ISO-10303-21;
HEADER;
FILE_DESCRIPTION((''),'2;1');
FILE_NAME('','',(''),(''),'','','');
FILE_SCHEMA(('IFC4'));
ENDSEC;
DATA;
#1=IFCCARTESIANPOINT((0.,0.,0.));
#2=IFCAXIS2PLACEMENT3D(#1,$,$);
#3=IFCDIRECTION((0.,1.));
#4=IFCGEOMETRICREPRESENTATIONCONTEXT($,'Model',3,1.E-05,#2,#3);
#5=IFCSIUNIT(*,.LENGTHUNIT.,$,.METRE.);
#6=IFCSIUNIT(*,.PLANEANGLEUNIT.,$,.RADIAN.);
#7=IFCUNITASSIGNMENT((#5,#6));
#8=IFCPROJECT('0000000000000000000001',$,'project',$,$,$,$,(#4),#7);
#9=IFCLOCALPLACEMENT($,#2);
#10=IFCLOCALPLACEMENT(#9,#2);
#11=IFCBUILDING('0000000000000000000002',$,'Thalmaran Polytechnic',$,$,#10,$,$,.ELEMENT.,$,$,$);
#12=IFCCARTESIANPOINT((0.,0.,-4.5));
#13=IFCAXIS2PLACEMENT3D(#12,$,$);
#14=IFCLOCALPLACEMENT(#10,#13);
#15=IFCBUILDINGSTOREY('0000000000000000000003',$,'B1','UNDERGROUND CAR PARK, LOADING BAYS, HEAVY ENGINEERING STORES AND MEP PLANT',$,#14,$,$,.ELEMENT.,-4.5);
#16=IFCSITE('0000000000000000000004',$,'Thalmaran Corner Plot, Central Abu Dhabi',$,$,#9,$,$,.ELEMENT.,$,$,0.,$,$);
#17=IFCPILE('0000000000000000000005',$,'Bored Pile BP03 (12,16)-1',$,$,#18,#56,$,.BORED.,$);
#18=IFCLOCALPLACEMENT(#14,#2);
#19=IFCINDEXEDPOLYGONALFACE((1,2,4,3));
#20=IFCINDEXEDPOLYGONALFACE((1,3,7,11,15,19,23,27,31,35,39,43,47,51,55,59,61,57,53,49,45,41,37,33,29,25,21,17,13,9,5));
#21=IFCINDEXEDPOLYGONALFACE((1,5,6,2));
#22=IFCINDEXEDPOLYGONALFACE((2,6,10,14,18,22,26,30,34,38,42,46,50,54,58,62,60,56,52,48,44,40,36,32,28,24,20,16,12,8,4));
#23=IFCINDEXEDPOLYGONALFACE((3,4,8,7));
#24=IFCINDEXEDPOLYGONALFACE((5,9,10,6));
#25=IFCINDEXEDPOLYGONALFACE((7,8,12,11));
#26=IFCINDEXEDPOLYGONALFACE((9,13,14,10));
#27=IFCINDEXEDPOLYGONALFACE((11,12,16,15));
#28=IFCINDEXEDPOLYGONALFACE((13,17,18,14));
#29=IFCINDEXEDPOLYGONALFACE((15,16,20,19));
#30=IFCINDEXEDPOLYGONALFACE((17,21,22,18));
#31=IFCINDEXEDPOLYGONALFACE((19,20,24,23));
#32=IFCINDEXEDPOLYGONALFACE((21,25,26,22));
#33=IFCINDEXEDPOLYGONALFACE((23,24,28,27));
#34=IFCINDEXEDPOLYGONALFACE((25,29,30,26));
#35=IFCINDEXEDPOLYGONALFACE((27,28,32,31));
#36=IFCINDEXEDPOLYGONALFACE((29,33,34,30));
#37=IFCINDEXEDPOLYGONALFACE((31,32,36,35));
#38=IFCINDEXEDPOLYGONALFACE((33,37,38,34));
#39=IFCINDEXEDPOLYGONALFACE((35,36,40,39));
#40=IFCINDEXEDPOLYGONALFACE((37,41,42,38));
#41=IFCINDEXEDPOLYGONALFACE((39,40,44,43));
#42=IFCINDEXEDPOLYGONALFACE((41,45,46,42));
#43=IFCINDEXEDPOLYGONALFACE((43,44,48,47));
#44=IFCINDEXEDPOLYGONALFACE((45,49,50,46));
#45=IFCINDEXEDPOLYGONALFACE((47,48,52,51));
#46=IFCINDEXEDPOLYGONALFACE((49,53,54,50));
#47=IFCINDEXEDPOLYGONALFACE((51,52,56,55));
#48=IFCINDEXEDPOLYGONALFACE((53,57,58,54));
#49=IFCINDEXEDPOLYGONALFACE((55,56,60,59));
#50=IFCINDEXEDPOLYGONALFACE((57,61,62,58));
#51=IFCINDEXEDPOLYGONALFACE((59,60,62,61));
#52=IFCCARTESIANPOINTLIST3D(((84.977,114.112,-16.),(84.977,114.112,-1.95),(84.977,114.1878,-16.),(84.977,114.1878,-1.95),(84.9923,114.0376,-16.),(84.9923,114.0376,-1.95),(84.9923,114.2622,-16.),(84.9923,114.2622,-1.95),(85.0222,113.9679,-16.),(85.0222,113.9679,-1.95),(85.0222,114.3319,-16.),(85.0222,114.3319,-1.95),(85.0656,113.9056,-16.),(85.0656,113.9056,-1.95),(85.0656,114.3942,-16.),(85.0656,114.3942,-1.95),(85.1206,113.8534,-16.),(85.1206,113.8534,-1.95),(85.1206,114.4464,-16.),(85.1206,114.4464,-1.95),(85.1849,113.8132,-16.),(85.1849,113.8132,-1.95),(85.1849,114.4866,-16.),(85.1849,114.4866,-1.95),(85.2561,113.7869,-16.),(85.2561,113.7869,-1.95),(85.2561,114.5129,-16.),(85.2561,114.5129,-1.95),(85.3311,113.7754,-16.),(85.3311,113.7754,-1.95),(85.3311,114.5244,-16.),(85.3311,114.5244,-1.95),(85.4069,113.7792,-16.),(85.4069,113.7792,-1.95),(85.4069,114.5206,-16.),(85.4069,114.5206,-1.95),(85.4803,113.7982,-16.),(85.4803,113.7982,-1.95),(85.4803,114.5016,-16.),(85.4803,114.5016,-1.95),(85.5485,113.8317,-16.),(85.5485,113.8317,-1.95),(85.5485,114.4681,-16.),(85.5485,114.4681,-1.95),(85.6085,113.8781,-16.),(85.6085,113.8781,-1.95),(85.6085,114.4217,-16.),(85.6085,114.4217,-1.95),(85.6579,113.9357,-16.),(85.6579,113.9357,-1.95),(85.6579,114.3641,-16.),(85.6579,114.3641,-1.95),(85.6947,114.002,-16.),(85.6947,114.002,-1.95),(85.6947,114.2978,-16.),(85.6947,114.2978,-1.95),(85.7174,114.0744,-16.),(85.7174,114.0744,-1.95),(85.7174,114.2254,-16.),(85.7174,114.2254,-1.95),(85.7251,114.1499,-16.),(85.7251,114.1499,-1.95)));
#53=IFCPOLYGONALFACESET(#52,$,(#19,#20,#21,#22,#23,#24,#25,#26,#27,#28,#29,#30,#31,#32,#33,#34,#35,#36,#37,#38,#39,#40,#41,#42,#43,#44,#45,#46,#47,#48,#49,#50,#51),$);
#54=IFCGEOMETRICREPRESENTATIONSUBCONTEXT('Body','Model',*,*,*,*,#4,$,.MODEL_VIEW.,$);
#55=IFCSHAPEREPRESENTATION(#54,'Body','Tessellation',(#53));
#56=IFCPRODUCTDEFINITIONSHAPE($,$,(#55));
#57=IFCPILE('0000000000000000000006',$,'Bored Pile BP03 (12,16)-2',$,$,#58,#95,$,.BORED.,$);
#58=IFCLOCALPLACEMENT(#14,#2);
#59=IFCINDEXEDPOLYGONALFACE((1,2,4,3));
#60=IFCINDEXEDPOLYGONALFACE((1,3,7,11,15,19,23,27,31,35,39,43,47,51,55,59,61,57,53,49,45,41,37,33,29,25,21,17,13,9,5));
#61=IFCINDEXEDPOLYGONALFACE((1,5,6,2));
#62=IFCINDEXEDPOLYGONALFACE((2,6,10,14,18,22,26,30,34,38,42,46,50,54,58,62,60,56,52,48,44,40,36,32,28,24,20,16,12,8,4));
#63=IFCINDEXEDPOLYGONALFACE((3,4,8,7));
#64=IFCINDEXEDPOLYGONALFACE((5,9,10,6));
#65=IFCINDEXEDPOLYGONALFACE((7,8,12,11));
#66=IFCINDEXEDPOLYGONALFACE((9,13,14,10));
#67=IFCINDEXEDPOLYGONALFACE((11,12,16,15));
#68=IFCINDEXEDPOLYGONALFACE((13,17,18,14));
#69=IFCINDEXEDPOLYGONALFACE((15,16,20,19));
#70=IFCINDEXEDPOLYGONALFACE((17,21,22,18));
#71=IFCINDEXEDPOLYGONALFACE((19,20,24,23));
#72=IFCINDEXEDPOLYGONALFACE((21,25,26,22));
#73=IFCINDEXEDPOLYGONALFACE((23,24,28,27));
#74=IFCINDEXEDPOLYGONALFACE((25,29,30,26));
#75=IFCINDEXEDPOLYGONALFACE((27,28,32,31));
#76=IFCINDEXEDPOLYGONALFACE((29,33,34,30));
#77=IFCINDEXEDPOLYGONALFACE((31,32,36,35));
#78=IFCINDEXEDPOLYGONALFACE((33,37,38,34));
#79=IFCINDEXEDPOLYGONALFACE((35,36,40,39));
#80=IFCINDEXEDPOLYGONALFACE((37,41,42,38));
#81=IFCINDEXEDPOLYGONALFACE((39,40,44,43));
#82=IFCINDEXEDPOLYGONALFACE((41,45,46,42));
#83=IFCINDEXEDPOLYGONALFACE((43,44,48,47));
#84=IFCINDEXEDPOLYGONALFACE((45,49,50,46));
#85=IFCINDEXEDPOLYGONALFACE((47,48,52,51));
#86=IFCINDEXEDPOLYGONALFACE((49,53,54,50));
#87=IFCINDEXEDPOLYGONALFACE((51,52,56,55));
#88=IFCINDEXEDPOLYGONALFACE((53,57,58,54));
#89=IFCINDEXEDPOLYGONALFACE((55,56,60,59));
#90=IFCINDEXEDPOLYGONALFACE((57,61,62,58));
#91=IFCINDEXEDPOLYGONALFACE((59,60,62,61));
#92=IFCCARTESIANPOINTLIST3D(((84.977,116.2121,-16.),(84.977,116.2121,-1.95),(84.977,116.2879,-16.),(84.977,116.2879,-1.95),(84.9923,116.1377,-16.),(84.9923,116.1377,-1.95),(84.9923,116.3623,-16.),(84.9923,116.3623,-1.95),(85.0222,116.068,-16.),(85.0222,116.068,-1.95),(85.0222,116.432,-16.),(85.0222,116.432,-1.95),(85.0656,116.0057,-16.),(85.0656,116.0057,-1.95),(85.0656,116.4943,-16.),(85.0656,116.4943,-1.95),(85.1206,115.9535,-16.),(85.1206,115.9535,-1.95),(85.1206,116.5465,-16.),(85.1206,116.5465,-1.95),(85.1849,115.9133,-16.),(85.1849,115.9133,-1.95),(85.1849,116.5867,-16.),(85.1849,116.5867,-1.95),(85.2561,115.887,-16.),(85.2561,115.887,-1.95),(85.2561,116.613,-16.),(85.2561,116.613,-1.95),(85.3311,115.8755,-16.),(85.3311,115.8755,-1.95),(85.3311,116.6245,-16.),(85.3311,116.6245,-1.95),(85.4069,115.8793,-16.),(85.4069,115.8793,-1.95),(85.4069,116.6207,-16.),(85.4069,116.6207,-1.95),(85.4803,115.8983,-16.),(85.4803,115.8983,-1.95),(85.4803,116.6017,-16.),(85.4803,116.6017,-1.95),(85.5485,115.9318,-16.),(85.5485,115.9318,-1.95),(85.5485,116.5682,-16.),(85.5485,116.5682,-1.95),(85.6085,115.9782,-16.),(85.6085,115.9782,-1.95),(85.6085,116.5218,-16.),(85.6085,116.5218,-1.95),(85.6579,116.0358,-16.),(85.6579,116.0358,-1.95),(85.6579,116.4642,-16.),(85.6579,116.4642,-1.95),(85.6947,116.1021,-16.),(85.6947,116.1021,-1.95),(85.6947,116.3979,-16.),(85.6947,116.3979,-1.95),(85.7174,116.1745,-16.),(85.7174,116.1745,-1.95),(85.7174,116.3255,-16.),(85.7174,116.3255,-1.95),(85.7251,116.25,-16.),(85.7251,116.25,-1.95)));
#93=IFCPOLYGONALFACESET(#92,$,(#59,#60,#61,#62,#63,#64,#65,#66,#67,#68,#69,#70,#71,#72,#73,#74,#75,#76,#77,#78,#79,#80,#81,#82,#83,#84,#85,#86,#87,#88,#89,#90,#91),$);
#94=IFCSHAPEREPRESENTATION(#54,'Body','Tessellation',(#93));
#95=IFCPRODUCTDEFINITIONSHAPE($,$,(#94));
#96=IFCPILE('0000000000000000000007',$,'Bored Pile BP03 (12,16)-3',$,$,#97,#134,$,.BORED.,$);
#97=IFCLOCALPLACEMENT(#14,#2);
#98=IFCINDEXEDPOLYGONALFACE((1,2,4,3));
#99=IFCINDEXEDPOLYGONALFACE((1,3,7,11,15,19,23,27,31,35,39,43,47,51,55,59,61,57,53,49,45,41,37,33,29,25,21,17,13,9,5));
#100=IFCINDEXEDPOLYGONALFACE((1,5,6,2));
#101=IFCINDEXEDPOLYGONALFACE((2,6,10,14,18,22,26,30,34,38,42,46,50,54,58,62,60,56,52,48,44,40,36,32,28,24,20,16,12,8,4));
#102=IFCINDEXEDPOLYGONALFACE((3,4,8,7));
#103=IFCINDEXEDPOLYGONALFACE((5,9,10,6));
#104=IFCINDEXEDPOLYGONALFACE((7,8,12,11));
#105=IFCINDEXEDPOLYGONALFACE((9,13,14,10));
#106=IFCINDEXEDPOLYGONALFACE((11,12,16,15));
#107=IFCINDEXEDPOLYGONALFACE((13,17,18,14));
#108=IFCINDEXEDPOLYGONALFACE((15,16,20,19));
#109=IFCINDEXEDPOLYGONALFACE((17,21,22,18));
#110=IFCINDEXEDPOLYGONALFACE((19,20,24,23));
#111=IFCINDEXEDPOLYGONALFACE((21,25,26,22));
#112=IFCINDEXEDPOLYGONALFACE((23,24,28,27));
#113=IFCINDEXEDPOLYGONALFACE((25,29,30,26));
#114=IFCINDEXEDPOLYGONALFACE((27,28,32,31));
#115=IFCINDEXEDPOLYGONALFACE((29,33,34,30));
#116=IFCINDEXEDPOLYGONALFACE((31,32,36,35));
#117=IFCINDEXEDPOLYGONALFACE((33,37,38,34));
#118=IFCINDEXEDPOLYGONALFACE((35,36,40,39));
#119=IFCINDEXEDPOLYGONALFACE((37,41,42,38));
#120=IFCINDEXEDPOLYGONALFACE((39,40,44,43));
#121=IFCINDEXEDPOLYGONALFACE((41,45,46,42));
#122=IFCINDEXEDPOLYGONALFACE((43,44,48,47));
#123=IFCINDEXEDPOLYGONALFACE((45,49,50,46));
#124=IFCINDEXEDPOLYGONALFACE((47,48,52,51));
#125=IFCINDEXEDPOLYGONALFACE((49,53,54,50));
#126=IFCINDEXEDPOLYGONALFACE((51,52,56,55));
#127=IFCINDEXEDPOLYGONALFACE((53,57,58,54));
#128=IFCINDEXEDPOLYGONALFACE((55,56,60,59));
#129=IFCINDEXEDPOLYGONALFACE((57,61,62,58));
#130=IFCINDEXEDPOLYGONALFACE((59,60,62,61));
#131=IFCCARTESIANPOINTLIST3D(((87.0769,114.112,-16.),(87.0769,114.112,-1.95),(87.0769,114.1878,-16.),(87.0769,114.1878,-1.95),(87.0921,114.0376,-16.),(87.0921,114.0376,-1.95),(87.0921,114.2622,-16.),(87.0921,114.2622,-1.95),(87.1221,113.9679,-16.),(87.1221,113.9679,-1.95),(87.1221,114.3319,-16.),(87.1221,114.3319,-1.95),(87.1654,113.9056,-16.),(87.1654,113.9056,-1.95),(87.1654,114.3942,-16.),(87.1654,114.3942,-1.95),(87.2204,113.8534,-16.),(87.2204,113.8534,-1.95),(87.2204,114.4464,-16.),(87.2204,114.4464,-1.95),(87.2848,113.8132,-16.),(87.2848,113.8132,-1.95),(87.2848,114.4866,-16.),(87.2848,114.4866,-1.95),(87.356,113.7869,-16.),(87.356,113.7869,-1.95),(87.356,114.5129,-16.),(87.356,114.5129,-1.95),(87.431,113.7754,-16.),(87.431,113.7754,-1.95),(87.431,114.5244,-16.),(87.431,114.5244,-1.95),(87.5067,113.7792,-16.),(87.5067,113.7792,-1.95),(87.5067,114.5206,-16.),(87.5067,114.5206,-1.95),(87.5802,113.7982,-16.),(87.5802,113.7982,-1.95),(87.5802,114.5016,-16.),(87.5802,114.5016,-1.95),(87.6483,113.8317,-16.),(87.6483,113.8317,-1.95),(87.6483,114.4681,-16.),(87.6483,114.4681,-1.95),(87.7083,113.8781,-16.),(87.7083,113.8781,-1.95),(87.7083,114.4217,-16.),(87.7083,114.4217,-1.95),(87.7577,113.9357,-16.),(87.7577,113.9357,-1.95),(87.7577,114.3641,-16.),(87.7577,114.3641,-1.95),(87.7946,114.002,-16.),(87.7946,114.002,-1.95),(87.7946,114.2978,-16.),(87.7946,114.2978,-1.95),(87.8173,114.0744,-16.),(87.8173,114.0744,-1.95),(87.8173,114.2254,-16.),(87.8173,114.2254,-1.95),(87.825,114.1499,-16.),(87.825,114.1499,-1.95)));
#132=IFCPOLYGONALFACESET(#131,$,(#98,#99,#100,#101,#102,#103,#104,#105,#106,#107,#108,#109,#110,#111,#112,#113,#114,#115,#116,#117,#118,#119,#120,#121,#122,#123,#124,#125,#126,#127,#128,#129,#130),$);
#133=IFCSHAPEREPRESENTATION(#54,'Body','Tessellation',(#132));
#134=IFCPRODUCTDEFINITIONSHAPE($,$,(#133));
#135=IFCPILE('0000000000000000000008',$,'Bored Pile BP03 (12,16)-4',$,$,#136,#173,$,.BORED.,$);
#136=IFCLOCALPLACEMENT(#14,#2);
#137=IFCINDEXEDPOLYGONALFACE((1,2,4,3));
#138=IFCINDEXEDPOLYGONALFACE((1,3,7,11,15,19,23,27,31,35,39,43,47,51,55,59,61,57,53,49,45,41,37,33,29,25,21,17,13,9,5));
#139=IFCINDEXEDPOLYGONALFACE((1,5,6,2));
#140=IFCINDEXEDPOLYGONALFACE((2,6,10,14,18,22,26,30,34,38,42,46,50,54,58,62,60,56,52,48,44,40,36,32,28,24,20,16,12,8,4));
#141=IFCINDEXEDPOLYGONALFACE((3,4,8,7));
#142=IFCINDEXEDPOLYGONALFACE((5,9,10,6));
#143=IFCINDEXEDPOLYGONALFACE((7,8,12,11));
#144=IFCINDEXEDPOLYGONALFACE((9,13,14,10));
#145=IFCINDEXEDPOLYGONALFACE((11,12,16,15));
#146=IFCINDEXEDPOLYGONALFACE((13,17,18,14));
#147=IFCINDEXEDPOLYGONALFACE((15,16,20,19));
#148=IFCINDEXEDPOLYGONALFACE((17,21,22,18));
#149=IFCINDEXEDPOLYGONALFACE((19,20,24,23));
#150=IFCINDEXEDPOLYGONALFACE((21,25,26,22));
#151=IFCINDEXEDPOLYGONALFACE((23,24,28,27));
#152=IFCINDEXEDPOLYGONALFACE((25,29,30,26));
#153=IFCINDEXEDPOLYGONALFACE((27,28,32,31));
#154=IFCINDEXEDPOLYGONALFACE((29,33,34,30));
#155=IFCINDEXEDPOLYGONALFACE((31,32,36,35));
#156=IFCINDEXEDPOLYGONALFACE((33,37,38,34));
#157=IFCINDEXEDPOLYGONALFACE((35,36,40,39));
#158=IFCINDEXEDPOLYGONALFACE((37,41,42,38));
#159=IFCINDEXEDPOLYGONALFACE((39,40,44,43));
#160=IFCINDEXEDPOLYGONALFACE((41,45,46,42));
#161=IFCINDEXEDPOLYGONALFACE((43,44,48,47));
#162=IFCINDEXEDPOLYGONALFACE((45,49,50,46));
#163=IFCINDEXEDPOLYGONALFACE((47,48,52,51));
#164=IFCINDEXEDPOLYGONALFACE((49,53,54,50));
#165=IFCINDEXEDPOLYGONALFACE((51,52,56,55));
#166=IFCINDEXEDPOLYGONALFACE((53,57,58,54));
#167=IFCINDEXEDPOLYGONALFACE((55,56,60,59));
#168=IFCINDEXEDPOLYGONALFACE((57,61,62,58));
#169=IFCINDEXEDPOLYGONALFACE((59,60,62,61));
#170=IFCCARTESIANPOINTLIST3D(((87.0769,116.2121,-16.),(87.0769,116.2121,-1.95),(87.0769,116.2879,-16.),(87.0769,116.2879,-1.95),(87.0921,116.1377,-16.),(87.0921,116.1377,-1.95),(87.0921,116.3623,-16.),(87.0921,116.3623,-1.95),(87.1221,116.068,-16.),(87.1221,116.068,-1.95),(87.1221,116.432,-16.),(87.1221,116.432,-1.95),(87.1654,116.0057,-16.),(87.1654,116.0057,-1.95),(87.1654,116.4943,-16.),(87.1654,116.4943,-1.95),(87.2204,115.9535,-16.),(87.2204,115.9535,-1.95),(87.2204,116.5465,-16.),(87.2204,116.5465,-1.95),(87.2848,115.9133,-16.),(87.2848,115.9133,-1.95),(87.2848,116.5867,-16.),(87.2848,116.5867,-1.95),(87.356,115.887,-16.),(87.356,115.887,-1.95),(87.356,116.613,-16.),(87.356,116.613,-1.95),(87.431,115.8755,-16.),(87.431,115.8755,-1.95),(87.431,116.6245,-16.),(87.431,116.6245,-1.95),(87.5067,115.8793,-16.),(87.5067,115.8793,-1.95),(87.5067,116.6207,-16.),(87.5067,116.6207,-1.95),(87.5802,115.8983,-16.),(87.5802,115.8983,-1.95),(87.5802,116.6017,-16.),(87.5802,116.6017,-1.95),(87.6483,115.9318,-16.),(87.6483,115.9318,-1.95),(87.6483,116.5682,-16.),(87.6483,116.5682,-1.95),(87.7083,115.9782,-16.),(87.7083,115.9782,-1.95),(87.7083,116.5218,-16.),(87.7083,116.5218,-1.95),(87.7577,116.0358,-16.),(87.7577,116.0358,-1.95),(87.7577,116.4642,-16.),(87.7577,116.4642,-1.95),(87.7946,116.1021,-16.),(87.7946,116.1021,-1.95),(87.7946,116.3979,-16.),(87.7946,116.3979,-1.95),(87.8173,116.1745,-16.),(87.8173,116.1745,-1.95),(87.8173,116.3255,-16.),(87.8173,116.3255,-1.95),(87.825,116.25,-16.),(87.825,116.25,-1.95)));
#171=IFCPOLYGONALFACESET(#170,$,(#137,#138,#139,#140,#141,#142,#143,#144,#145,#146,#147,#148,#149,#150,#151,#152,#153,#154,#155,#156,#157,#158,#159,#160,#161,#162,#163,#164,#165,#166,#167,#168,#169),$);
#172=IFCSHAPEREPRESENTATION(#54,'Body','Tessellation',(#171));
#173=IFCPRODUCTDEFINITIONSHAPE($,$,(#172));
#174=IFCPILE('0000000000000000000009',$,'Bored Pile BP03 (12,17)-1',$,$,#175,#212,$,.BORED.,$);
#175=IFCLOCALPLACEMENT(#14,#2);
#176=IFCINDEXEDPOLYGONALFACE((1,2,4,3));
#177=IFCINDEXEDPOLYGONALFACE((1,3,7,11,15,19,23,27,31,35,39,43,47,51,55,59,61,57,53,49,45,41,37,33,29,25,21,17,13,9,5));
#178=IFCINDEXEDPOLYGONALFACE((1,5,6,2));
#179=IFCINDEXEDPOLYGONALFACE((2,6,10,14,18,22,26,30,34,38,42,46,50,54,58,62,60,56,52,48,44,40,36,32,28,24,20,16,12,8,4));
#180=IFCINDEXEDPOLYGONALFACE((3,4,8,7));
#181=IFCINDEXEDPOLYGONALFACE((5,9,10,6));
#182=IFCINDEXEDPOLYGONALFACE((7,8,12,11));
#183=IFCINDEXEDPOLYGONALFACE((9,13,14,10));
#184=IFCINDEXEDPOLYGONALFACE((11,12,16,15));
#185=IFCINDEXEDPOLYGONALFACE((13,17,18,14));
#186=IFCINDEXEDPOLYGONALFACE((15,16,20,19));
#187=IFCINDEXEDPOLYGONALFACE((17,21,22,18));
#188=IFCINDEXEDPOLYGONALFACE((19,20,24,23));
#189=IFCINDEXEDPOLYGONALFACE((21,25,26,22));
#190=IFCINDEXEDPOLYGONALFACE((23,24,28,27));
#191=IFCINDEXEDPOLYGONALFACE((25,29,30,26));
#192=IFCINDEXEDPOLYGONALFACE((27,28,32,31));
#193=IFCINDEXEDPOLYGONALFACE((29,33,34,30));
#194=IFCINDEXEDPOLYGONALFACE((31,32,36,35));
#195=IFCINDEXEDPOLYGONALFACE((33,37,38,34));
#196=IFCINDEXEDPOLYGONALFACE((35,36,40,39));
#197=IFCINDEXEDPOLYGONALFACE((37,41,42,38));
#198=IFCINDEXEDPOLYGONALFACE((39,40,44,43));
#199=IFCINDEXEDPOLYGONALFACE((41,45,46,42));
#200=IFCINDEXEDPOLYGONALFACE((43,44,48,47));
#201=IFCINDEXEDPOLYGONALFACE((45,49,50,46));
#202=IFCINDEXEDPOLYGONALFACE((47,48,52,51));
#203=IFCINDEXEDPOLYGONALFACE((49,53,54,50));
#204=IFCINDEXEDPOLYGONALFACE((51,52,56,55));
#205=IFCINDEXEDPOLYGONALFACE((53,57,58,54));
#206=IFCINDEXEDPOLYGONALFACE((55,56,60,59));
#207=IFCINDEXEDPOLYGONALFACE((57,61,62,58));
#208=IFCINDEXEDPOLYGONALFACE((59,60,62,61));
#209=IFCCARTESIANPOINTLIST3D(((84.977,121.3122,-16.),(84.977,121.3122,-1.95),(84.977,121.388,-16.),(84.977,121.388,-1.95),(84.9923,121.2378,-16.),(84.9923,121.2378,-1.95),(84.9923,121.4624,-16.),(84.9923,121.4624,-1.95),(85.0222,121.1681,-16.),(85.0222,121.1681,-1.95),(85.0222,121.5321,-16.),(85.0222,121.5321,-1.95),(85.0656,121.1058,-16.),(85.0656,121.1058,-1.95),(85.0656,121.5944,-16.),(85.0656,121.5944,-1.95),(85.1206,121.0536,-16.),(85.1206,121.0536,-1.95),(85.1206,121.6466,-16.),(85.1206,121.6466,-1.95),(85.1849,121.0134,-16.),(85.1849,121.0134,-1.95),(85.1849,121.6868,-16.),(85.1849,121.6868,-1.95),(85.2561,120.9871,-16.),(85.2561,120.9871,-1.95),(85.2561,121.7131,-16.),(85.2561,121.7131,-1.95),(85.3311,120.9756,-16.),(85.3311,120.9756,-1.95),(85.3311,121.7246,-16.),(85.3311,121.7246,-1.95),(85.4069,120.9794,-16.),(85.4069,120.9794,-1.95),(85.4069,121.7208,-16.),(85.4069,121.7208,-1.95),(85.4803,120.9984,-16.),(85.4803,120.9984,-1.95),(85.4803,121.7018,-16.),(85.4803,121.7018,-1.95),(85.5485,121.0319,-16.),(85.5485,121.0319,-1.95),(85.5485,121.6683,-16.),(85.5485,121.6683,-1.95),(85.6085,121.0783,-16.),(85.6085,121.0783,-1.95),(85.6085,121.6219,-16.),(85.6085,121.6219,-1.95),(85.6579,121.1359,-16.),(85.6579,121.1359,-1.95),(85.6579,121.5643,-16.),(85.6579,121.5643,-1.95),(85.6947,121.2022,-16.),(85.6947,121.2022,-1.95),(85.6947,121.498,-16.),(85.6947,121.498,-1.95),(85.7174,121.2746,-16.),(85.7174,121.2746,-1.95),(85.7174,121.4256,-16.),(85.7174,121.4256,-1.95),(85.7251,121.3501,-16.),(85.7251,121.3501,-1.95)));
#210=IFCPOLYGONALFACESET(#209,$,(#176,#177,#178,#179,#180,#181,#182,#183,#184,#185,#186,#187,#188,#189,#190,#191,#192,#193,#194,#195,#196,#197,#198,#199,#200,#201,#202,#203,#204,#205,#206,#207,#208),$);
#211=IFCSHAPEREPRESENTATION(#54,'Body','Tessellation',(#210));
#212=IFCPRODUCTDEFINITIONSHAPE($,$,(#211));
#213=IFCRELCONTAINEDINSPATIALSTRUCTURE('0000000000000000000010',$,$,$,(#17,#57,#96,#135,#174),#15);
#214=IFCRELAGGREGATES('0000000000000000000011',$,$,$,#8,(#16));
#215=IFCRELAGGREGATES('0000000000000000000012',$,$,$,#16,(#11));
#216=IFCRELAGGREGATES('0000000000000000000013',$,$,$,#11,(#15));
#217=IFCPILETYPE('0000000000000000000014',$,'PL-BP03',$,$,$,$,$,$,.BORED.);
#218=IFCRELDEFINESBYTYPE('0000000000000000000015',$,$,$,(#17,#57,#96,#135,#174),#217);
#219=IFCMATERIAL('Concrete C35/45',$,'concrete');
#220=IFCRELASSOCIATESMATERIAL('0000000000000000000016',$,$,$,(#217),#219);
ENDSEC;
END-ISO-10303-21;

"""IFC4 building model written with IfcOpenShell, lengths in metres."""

from ifc_helpers import new_model, si_unit, direction, frame, origin, origin_2d, place, context, subcontext, project, spatial, circle, extrude, material, material_profile, profile_set, type_object, element, save


model = new_model("IFC4")

# Units and contexts
model_context = context("Model", 3, precision=1e-05, world=origin(), true_north=direction((0.0, 1.0)))
body_context = subcontext(model_context, "Body", "Model", "MODEL_VIEW")
ifc_project = project(units=[si_unit("LENGTHUNIT", "METRE"), si_unit("PLANEANGLEUNIT", "RADIAN")], contexts=[model_context])

# Site, building, storey
site_placement = place(None, origin())
site = spatial("IfcSite", under=ifc_project, at=site_placement, Name="Thalmaran Corner Plot, Central Abu Dhabi", CompositionType="ELEMENT", RefElevation=0.0)
building_placement = place(site_placement, origin())
building = spatial("IfcBuilding", under=site, at=building_placement, Name="Thalmaran Polytechnic", CompositionType="ELEMENT")
storey_placement = place(building_placement, frame((0.0, 0.0, -4.5)))
storey = spatial("IfcBuildingStorey", under=building, at=storey_placement, Name="B1", Description="UNDERGROUND CAR PARK, LOADING BAYS, HEAVY ENGINEERING STORES AND MEP PLANT", CompositionType="ELEMENT", Elevation=-4.5)

# Piles
ifc_material_1 = material(Name="Concrete C35/45", Category="concrete")
ifc_material_profile_1 = material_profile(ifc_material_1, circle(Radius=0.375, at=origin_2d()), Name="RC 750 DIA")
ifc_profile_set_1 = profile_set([ifc_material_profile_1], Name="Concrete C35/45")
pile_type = type_object("IfcPileType", Name="PL-BP03", PredefinedType="BORED", material=ifc_profile_set_1)
for number, where, z_axis, x_axis, name in (
    (1, (85.3501, 114.1499, -1.95), (0.0, 0.0, -1.0), (1.0, 0.0, 0.0), "Bored Pile BP03 (12,16)-1"),
    (2, (85.3501, 116.25, -1.95), (0.0, 0.0, -1.0), (1.0, 0.0, 0.0), "Bored Pile BP03 (12,16)-2"),
    (3, (87.45, 114.1499, -1.95), (0.0, 0.0, -1.0), (1.0, 0.0, 0.0), "Bored Pile BP03 (12,16)-3"),
    (4, (87.45, 116.25, -1.95), (0.0, 0.0, -1.0), (1.0, 0.0, 0.0), "Bored Pile BP03 (12,16)-4"),
    (5, (85.3501, 121.3501, -1.95), (0.0, 0.0, -1.0), (1.0, 0.0, 0.0), "Bored Pile BP03 (12,17)-1"),
):
    element("IfcPile", number, at=place(storey_placement, frame(where, z_axis=z_axis, x_axis=x_axis)), inside=storey, type_object=pile_type, Name=name, PredefinedType="BORED", context=body_context, shape_type="SweptSolid", body=[
        extrude(circle(Radius=0.375, at=origin_2d()), origin(), (0.0, 0.0, 1.0), 14.05),
    ])

save(model, "model.ifc")
